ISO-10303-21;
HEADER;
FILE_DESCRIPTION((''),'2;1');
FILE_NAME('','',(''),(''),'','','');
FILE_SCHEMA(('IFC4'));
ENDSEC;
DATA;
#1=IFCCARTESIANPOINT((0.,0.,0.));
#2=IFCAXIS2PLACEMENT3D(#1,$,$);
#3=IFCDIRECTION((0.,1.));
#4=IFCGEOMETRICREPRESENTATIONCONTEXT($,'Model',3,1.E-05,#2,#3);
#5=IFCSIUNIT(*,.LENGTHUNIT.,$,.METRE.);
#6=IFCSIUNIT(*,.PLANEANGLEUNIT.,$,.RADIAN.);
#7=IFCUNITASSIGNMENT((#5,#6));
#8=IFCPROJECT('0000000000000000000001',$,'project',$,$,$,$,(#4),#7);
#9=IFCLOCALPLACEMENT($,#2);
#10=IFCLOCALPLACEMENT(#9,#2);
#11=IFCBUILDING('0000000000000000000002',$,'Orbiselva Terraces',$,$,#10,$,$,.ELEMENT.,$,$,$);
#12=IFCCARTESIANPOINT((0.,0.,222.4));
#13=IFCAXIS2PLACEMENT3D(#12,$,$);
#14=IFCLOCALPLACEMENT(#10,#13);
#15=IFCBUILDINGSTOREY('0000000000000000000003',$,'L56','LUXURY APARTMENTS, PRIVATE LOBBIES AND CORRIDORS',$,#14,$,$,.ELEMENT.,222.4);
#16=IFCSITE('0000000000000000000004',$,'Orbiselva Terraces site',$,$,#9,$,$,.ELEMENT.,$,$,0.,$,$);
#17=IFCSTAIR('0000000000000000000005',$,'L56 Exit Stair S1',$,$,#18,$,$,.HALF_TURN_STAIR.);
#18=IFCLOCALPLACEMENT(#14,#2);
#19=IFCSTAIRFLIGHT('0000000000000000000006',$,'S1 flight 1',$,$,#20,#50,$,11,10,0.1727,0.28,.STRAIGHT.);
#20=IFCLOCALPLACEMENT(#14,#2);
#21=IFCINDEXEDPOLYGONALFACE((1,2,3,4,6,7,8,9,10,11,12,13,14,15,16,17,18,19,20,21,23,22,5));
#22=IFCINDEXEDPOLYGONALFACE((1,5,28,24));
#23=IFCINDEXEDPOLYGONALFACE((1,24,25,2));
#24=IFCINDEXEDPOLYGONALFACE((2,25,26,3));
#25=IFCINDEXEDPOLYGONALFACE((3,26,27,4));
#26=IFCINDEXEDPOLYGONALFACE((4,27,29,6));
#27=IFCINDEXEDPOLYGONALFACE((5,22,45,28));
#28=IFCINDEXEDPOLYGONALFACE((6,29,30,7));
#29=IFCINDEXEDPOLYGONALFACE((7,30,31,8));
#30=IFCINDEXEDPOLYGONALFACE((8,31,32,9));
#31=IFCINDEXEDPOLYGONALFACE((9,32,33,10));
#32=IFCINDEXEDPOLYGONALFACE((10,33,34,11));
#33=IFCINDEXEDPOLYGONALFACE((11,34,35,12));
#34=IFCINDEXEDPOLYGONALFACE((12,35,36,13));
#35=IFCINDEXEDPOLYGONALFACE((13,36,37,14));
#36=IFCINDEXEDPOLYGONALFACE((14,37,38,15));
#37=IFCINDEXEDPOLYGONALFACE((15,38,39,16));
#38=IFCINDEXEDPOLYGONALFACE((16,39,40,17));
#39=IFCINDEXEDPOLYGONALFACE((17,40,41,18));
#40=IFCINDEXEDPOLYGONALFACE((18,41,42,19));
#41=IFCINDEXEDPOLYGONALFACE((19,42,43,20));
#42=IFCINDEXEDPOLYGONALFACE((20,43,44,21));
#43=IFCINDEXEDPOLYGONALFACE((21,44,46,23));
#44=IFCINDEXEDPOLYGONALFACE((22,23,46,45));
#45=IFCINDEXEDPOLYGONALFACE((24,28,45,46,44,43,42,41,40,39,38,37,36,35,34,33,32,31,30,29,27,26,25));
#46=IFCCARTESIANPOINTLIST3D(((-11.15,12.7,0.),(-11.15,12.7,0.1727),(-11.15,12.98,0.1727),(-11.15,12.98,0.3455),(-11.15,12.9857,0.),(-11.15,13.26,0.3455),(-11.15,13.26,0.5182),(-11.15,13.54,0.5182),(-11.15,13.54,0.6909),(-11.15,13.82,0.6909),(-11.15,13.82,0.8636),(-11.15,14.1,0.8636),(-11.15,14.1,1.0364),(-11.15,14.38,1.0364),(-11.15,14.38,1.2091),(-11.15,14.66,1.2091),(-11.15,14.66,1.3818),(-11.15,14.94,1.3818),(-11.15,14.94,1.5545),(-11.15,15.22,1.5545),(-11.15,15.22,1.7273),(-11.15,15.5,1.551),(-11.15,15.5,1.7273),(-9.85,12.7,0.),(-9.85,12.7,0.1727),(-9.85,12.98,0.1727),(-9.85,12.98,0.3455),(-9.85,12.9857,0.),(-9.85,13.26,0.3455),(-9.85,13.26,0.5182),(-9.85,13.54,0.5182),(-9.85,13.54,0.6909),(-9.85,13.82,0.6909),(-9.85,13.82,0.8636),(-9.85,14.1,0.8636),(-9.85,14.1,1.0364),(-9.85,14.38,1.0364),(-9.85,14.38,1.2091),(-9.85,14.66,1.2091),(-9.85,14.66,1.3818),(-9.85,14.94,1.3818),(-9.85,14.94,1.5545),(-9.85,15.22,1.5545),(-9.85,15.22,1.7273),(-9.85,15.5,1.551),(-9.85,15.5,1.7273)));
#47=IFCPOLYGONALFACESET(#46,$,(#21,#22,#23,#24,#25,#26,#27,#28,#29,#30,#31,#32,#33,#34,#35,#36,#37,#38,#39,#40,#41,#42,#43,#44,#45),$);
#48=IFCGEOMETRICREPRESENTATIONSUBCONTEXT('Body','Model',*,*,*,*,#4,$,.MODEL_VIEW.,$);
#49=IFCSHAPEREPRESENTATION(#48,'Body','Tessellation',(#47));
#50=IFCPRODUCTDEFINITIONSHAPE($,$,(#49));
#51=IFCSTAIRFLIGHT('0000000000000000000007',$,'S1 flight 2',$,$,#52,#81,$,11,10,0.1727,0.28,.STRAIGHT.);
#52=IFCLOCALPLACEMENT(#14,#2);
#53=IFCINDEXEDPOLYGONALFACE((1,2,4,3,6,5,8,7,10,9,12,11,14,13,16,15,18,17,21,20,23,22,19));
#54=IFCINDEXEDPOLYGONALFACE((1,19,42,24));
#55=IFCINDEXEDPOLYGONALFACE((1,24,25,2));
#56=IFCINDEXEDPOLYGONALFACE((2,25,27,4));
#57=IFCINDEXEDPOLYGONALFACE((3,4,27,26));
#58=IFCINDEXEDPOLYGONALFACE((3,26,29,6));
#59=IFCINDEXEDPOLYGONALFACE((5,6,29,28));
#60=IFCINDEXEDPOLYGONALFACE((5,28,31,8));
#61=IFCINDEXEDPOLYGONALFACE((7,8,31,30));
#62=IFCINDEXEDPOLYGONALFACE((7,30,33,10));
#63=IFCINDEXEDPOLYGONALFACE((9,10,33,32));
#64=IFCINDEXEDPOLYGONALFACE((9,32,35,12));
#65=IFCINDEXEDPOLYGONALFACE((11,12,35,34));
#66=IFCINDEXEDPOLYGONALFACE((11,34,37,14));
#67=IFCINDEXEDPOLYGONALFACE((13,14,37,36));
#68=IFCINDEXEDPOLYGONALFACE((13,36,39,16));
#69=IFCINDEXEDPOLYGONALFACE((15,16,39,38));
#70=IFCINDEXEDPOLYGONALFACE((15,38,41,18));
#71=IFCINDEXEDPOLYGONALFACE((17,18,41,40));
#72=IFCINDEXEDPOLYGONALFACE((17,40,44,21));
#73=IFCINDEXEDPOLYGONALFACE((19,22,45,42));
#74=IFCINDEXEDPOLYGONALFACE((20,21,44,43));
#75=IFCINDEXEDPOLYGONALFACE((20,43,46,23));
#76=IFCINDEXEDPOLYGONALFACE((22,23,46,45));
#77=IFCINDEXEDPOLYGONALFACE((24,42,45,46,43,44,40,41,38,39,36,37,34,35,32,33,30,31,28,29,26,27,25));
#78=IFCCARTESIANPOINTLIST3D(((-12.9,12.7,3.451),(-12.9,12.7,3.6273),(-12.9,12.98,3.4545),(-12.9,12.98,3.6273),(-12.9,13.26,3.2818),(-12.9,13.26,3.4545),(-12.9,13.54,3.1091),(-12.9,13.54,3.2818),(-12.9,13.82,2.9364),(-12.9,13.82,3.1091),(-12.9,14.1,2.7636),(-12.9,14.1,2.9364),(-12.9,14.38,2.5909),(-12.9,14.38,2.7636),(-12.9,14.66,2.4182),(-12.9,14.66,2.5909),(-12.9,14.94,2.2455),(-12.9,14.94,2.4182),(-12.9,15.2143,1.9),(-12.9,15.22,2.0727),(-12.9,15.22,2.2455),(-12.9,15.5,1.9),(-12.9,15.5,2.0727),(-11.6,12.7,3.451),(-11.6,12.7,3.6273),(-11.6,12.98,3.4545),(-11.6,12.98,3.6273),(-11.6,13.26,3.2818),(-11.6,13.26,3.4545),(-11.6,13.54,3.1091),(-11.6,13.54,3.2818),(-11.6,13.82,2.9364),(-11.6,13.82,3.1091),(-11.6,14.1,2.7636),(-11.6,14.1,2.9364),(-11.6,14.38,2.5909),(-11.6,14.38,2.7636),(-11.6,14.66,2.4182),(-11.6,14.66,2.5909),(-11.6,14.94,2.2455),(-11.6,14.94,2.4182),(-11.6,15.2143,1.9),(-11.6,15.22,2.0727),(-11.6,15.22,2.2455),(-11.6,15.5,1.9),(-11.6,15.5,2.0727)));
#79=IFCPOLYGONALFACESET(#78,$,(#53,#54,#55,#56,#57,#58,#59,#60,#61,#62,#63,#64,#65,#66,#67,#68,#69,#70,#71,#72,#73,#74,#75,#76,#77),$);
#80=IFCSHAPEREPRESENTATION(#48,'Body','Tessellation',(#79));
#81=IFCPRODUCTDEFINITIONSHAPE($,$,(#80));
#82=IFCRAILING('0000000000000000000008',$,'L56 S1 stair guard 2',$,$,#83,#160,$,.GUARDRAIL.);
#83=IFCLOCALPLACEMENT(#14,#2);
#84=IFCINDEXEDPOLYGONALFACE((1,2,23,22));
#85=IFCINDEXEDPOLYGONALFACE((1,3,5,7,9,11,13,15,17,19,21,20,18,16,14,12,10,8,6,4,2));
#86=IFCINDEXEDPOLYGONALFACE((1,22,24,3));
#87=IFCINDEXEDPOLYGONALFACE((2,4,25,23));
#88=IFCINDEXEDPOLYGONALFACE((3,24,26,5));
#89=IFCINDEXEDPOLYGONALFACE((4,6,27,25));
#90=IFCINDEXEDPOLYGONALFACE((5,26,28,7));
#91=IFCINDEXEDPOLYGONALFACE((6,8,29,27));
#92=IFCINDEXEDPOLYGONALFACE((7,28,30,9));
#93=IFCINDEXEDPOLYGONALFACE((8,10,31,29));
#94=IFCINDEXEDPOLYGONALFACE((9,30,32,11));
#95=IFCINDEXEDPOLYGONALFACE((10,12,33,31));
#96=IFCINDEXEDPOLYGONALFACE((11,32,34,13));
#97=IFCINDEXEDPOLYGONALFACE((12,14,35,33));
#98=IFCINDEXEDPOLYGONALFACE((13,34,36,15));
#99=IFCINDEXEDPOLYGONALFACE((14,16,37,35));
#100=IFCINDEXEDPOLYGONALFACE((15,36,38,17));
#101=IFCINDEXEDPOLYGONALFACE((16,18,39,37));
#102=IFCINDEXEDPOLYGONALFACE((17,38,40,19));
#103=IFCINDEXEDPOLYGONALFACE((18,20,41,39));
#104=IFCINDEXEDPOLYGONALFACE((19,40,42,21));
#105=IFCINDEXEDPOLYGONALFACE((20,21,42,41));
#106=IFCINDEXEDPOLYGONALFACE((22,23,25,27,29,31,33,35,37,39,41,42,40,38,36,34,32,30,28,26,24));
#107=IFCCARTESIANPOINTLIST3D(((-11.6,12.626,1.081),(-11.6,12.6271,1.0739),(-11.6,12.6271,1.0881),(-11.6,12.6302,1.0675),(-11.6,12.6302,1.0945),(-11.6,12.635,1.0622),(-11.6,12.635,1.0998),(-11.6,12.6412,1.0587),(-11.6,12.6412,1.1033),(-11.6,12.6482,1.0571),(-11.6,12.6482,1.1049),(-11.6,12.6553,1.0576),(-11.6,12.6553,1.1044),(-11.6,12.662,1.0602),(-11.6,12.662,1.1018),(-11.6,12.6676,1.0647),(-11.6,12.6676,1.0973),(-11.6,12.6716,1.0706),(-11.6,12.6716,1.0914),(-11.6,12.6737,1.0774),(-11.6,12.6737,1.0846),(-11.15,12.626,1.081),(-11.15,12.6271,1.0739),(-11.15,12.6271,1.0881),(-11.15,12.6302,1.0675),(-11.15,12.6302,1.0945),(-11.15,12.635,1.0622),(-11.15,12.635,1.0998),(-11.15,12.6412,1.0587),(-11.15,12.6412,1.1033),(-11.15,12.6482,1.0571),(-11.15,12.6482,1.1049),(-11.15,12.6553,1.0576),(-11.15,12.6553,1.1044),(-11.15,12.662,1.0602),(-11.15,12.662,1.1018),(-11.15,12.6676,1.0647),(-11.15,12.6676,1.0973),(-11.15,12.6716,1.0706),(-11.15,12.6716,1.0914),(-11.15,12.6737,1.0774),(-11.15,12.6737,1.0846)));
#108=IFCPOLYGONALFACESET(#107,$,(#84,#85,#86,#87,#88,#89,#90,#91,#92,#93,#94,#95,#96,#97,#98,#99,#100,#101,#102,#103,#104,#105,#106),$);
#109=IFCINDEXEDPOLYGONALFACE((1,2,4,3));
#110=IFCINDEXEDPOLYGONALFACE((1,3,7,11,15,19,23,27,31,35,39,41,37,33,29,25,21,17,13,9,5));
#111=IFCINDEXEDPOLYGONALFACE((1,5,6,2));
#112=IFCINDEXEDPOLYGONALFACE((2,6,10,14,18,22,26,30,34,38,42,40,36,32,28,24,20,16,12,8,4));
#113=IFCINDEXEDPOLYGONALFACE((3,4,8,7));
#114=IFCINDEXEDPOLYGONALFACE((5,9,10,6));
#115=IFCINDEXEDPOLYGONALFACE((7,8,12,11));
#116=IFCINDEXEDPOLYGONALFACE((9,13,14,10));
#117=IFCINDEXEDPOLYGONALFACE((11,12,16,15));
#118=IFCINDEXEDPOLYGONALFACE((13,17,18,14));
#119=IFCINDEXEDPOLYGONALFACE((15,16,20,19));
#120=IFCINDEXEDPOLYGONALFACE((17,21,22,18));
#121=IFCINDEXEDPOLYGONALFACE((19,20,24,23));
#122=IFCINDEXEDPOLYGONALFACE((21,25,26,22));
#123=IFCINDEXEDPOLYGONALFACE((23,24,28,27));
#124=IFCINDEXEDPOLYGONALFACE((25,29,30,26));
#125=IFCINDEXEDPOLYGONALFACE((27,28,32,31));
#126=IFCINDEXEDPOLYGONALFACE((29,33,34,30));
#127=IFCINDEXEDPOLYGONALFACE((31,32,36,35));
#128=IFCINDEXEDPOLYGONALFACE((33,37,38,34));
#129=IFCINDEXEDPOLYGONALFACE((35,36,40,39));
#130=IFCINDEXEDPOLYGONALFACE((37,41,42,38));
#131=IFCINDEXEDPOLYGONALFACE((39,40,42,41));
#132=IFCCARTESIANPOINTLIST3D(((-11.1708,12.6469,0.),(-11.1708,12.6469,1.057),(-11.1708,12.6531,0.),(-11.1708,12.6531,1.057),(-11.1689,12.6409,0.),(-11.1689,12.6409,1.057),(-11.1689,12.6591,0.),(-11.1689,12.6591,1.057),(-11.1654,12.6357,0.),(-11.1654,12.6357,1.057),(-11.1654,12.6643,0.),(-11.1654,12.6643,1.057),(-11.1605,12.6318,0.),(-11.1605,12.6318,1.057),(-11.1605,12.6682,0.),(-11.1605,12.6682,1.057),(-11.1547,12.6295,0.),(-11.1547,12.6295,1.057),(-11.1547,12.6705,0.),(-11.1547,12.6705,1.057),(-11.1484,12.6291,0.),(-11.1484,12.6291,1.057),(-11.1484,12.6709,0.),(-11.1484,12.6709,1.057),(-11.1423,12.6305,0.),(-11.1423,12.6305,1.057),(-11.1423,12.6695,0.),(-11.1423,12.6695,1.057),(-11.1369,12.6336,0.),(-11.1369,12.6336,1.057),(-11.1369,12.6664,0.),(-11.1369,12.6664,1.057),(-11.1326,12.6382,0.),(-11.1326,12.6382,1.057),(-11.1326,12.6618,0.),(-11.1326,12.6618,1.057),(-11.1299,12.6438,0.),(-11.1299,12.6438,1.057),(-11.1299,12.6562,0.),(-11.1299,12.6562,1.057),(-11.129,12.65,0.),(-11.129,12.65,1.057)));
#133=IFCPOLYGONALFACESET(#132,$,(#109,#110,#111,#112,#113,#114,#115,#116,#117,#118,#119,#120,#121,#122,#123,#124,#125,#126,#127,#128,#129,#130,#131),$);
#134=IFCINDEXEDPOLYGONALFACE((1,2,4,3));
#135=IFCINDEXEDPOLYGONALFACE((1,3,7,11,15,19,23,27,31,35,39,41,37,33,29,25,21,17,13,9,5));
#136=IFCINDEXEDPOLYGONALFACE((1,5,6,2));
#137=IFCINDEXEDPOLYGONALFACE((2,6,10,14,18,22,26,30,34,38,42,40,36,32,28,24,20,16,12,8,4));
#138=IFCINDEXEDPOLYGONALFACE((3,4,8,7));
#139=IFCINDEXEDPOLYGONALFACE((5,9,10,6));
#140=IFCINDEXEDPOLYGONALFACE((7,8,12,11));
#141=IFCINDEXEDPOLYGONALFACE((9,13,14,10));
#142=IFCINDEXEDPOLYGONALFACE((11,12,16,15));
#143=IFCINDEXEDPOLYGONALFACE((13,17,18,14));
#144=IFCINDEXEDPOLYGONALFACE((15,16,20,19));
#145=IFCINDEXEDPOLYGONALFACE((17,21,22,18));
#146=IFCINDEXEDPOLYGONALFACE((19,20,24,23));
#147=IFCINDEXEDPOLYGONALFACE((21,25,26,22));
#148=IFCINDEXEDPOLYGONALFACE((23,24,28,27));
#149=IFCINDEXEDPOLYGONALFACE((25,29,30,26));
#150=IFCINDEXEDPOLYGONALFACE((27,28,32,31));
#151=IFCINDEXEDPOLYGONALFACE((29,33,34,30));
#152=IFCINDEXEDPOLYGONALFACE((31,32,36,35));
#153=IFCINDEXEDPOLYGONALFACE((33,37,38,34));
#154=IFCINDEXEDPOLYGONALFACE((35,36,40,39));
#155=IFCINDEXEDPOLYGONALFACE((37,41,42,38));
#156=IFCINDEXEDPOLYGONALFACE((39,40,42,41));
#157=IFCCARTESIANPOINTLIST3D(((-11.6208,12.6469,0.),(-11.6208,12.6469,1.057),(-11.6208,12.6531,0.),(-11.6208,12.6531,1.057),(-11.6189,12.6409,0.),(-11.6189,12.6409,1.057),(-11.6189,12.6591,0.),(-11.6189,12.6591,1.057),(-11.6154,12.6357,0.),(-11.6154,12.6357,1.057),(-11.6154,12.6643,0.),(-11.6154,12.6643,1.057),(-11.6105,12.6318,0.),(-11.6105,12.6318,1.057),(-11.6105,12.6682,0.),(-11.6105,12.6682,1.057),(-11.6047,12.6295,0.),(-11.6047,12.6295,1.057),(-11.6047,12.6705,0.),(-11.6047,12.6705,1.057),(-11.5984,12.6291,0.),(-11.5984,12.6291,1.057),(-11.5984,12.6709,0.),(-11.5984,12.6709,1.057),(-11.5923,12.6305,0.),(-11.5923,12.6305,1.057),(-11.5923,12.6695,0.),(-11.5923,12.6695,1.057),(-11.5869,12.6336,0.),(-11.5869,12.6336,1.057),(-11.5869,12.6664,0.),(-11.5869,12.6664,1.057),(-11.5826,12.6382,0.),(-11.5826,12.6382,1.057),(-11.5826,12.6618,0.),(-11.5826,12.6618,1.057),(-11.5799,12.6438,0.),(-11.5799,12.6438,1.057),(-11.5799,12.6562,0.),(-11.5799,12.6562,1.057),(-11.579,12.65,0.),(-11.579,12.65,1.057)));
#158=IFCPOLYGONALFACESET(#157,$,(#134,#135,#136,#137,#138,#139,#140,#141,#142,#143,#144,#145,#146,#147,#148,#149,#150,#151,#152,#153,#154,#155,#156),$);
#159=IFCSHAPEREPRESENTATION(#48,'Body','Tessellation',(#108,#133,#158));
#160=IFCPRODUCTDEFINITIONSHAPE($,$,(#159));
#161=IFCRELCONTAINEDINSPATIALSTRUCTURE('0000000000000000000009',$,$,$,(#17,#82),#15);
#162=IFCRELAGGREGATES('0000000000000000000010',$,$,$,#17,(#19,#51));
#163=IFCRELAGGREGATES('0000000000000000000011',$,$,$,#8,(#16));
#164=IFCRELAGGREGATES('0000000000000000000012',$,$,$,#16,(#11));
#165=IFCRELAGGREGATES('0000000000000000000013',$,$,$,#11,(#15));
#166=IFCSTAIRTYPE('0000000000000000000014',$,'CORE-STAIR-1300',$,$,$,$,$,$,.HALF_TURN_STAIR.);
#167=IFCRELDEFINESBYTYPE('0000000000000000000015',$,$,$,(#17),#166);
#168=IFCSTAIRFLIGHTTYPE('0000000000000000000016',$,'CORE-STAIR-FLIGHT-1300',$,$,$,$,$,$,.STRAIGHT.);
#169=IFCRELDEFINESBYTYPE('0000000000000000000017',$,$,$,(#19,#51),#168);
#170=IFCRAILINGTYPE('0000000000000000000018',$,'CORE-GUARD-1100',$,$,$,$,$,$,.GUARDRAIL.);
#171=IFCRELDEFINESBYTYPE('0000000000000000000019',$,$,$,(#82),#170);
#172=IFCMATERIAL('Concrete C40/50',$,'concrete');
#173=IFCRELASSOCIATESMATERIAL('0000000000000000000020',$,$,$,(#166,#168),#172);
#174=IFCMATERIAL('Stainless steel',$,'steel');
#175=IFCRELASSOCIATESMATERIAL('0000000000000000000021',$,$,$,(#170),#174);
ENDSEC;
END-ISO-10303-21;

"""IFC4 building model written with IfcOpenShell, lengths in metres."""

from ifc_helpers import new_model, si_unit, direction, frame, origin, origin_2d, place, context, subcontext, project, spatial, polyline, circle, outline, extrude, material, type_object, element, aggregate, save


model = new_model("IFC4")

# Units and contexts
model_context = context("Model", 3, precision=1e-05, world=origin(), true_north=direction((0.0, 1.0)))
body_context = subcontext(model_context, "Body", "Model", "MODEL_VIEW")
ifc_project = project(units=[si_unit("LENGTHUNIT", "METRE"), si_unit("PLANEANGLEUNIT", "RADIAN")], contexts=[model_context])

# Site, building, storey
site_placement = place(None, origin())
site = spatial("IfcSite", under=ifc_project, at=site_placement, Name="Orbiselva Terraces site", CompositionType="ELEMENT", RefElevation=0.0)
building_placement = place(site_placement, origin())
building = spatial("IfcBuilding", under=site, at=building_placement, Name="Orbiselva Terraces", CompositionType="ELEMENT")
storey_placement = place(building_placement, frame((0.0, 0.0, 222.4)))
storey = spatial("IfcBuildingStorey", under=building, at=storey_placement, Name="L56", Description="LUXURY APARTMENTS, PRIVATE LOBBIES AND CORRIDORS", CompositionType="ELEMENT", Elevation=222.4)

# Shared definitions
ifc_material_1 = material(Name="Concrete C40/50", Category="concrete")

# Stair, stair flights
stair_type = type_object("IfcStairType", Name="CORE-STAIR-1300", PredefinedType="HALF_TURN_STAIR", material=ifc_material_1)
stair_placement = place(storey_placement, origin())
stair = element("IfcStair", 1, at=stair_placement, inside=storey, type_object=stair_type, Name="L56 Exit Stair S1", PredefinedType="HALF_TURN_STAIR")
stair_flight_type = type_object("IfcStairFlightType", Name="CORE-STAIR-FLIGHT-1300", PredefinedType="STRAIGHT", material=ifc_material_1)
stair_flight_1_placement = place(storey_placement, frame((-10.5, 12.7, 0.0), z_axis=(0.0, 0.0, 1.0), x_axis=(0.0, 1.0, 0.0)))
stair_flight_1 = element("IfcStairFlight", 2, at=stair_flight_1_placement, type_object=stair_flight_type, Name="S1 flight 1", NumberOfRisers=11, NumberOfTreads=10, PredefinedType="STRAIGHT", RiserHeight=0.1727, TreadLength=0.28, context=body_context, shape_type="SweptSolid", body=[
    extrude(outline(polyline([(0.0, 0.0), (0.0, 0.1727), (0.28, 0.1727), (0.28, 0.3455), (0.56, 0.3455), (0.56, 0.5182), (0.84, 0.5182), (0.84, 0.6909), (1.12, 0.6909), (1.12, 0.8636), (1.4, 0.8636), (1.4, 1.0364), (1.68, 1.0364), (1.68, 1.2091), (1.96, 1.2091), (1.96, 1.3818), (2.24, 1.3818), (2.24, 1.5545), (2.52, 1.5545), (2.52, 1.7273), (2.8, 1.7273), (2.8, 1.9), (2.8, 1.551), (0.2857, 0.0), (0.0, 0.0)])), frame((0.0, 0.65, 0.0), z_axis=(0.0, -1.0, 0.0), x_axis=(1.0, 0.0, 0.0)), (0.0, 0.0, 1.0), 1.3),
])
stair_flight_2_placement = place(storey_placement, frame((-12.25, 15.5, 1.9), z_axis=(0.0, 0.0, 1.0), x_axis=(0.0, -1.0, 0.0)))
stair_flight_2 = element("IfcStairFlight", 3, at=stair_flight_2_placement, type_object=stair_flight_type, Name="S1 flight 2", NumberOfRisers=11, NumberOfTreads=10, PredefinedType="STRAIGHT", RiserHeight=0.1727, TreadLength=0.28, context=body_context, shape_type="SweptSolid", body=[
    extrude(outline(polyline([(0.0, 0.0), (0.0, 0.1727), (0.28, 0.1727), (0.28, 0.3455), (0.56, 0.3455), (0.56, 0.5182), (0.84, 0.5182), (0.84, 0.6909), (1.12, 0.6909), (1.12, 0.8636), (1.4, 0.8636), (1.4, 1.0364), (1.68, 1.0364), (1.68, 1.2091), (1.96, 1.2091), (1.96, 1.3818), (2.24, 1.3818), (2.24, 1.5545), (2.52, 1.5545), (2.52, 1.7273), (2.8, 1.7273), (2.8, 1.9), (2.8, 1.551), (0.2857, 0.0), (0.0, 0.0)])), frame((0.0, 0.65, 0.0), z_axis=(0.0, -1.0, 0.0), x_axis=(1.0, 0.0, 0.0)), (0.0, 0.0, 1.0), 1.3),
])
aggregate(stair, [stair_flight_1, stair_flight_2])

# Railing
ifc_material_2 = material(Name="Stainless steel", Category="steel")
railing_type_1 = type_object("IfcRailingType", Name="CORE-GUARD-1100", PredefinedType="GUARDRAIL", material=ifc_material_2)
railing_1_placement = place(storey_placement, frame((-11.15, 12.65, 0.0)))
element("IfcRailing", 4, at=railing_1_placement, inside=storey, type_object=railing_type_1, Name="L56 S1 stair guard 2", PredefinedType="GUARDRAIL", context=body_context, shape_type="SweptSolid", body=[
    extrude(circle(Radius=0.024, at=origin_2d()), frame((0.0, 0.0, 1.081), z_axis=(-1.0, 0.0, 0.0), x_axis=(0.0, -1.0, 0.0)), (0.0, 0.0, 1.0), 0.45),
    extrude(circle(Radius=0.021, at=origin_2d()), origin(), (0.0, 0.0, 1.0), 1.057),
    extrude(circle(Radius=0.021, at=origin_2d()), frame((-0.45, 0.0, 0.0)), (0.0, 0.0, 1.0), 1.057),
])

save(model, "model.ifc")
